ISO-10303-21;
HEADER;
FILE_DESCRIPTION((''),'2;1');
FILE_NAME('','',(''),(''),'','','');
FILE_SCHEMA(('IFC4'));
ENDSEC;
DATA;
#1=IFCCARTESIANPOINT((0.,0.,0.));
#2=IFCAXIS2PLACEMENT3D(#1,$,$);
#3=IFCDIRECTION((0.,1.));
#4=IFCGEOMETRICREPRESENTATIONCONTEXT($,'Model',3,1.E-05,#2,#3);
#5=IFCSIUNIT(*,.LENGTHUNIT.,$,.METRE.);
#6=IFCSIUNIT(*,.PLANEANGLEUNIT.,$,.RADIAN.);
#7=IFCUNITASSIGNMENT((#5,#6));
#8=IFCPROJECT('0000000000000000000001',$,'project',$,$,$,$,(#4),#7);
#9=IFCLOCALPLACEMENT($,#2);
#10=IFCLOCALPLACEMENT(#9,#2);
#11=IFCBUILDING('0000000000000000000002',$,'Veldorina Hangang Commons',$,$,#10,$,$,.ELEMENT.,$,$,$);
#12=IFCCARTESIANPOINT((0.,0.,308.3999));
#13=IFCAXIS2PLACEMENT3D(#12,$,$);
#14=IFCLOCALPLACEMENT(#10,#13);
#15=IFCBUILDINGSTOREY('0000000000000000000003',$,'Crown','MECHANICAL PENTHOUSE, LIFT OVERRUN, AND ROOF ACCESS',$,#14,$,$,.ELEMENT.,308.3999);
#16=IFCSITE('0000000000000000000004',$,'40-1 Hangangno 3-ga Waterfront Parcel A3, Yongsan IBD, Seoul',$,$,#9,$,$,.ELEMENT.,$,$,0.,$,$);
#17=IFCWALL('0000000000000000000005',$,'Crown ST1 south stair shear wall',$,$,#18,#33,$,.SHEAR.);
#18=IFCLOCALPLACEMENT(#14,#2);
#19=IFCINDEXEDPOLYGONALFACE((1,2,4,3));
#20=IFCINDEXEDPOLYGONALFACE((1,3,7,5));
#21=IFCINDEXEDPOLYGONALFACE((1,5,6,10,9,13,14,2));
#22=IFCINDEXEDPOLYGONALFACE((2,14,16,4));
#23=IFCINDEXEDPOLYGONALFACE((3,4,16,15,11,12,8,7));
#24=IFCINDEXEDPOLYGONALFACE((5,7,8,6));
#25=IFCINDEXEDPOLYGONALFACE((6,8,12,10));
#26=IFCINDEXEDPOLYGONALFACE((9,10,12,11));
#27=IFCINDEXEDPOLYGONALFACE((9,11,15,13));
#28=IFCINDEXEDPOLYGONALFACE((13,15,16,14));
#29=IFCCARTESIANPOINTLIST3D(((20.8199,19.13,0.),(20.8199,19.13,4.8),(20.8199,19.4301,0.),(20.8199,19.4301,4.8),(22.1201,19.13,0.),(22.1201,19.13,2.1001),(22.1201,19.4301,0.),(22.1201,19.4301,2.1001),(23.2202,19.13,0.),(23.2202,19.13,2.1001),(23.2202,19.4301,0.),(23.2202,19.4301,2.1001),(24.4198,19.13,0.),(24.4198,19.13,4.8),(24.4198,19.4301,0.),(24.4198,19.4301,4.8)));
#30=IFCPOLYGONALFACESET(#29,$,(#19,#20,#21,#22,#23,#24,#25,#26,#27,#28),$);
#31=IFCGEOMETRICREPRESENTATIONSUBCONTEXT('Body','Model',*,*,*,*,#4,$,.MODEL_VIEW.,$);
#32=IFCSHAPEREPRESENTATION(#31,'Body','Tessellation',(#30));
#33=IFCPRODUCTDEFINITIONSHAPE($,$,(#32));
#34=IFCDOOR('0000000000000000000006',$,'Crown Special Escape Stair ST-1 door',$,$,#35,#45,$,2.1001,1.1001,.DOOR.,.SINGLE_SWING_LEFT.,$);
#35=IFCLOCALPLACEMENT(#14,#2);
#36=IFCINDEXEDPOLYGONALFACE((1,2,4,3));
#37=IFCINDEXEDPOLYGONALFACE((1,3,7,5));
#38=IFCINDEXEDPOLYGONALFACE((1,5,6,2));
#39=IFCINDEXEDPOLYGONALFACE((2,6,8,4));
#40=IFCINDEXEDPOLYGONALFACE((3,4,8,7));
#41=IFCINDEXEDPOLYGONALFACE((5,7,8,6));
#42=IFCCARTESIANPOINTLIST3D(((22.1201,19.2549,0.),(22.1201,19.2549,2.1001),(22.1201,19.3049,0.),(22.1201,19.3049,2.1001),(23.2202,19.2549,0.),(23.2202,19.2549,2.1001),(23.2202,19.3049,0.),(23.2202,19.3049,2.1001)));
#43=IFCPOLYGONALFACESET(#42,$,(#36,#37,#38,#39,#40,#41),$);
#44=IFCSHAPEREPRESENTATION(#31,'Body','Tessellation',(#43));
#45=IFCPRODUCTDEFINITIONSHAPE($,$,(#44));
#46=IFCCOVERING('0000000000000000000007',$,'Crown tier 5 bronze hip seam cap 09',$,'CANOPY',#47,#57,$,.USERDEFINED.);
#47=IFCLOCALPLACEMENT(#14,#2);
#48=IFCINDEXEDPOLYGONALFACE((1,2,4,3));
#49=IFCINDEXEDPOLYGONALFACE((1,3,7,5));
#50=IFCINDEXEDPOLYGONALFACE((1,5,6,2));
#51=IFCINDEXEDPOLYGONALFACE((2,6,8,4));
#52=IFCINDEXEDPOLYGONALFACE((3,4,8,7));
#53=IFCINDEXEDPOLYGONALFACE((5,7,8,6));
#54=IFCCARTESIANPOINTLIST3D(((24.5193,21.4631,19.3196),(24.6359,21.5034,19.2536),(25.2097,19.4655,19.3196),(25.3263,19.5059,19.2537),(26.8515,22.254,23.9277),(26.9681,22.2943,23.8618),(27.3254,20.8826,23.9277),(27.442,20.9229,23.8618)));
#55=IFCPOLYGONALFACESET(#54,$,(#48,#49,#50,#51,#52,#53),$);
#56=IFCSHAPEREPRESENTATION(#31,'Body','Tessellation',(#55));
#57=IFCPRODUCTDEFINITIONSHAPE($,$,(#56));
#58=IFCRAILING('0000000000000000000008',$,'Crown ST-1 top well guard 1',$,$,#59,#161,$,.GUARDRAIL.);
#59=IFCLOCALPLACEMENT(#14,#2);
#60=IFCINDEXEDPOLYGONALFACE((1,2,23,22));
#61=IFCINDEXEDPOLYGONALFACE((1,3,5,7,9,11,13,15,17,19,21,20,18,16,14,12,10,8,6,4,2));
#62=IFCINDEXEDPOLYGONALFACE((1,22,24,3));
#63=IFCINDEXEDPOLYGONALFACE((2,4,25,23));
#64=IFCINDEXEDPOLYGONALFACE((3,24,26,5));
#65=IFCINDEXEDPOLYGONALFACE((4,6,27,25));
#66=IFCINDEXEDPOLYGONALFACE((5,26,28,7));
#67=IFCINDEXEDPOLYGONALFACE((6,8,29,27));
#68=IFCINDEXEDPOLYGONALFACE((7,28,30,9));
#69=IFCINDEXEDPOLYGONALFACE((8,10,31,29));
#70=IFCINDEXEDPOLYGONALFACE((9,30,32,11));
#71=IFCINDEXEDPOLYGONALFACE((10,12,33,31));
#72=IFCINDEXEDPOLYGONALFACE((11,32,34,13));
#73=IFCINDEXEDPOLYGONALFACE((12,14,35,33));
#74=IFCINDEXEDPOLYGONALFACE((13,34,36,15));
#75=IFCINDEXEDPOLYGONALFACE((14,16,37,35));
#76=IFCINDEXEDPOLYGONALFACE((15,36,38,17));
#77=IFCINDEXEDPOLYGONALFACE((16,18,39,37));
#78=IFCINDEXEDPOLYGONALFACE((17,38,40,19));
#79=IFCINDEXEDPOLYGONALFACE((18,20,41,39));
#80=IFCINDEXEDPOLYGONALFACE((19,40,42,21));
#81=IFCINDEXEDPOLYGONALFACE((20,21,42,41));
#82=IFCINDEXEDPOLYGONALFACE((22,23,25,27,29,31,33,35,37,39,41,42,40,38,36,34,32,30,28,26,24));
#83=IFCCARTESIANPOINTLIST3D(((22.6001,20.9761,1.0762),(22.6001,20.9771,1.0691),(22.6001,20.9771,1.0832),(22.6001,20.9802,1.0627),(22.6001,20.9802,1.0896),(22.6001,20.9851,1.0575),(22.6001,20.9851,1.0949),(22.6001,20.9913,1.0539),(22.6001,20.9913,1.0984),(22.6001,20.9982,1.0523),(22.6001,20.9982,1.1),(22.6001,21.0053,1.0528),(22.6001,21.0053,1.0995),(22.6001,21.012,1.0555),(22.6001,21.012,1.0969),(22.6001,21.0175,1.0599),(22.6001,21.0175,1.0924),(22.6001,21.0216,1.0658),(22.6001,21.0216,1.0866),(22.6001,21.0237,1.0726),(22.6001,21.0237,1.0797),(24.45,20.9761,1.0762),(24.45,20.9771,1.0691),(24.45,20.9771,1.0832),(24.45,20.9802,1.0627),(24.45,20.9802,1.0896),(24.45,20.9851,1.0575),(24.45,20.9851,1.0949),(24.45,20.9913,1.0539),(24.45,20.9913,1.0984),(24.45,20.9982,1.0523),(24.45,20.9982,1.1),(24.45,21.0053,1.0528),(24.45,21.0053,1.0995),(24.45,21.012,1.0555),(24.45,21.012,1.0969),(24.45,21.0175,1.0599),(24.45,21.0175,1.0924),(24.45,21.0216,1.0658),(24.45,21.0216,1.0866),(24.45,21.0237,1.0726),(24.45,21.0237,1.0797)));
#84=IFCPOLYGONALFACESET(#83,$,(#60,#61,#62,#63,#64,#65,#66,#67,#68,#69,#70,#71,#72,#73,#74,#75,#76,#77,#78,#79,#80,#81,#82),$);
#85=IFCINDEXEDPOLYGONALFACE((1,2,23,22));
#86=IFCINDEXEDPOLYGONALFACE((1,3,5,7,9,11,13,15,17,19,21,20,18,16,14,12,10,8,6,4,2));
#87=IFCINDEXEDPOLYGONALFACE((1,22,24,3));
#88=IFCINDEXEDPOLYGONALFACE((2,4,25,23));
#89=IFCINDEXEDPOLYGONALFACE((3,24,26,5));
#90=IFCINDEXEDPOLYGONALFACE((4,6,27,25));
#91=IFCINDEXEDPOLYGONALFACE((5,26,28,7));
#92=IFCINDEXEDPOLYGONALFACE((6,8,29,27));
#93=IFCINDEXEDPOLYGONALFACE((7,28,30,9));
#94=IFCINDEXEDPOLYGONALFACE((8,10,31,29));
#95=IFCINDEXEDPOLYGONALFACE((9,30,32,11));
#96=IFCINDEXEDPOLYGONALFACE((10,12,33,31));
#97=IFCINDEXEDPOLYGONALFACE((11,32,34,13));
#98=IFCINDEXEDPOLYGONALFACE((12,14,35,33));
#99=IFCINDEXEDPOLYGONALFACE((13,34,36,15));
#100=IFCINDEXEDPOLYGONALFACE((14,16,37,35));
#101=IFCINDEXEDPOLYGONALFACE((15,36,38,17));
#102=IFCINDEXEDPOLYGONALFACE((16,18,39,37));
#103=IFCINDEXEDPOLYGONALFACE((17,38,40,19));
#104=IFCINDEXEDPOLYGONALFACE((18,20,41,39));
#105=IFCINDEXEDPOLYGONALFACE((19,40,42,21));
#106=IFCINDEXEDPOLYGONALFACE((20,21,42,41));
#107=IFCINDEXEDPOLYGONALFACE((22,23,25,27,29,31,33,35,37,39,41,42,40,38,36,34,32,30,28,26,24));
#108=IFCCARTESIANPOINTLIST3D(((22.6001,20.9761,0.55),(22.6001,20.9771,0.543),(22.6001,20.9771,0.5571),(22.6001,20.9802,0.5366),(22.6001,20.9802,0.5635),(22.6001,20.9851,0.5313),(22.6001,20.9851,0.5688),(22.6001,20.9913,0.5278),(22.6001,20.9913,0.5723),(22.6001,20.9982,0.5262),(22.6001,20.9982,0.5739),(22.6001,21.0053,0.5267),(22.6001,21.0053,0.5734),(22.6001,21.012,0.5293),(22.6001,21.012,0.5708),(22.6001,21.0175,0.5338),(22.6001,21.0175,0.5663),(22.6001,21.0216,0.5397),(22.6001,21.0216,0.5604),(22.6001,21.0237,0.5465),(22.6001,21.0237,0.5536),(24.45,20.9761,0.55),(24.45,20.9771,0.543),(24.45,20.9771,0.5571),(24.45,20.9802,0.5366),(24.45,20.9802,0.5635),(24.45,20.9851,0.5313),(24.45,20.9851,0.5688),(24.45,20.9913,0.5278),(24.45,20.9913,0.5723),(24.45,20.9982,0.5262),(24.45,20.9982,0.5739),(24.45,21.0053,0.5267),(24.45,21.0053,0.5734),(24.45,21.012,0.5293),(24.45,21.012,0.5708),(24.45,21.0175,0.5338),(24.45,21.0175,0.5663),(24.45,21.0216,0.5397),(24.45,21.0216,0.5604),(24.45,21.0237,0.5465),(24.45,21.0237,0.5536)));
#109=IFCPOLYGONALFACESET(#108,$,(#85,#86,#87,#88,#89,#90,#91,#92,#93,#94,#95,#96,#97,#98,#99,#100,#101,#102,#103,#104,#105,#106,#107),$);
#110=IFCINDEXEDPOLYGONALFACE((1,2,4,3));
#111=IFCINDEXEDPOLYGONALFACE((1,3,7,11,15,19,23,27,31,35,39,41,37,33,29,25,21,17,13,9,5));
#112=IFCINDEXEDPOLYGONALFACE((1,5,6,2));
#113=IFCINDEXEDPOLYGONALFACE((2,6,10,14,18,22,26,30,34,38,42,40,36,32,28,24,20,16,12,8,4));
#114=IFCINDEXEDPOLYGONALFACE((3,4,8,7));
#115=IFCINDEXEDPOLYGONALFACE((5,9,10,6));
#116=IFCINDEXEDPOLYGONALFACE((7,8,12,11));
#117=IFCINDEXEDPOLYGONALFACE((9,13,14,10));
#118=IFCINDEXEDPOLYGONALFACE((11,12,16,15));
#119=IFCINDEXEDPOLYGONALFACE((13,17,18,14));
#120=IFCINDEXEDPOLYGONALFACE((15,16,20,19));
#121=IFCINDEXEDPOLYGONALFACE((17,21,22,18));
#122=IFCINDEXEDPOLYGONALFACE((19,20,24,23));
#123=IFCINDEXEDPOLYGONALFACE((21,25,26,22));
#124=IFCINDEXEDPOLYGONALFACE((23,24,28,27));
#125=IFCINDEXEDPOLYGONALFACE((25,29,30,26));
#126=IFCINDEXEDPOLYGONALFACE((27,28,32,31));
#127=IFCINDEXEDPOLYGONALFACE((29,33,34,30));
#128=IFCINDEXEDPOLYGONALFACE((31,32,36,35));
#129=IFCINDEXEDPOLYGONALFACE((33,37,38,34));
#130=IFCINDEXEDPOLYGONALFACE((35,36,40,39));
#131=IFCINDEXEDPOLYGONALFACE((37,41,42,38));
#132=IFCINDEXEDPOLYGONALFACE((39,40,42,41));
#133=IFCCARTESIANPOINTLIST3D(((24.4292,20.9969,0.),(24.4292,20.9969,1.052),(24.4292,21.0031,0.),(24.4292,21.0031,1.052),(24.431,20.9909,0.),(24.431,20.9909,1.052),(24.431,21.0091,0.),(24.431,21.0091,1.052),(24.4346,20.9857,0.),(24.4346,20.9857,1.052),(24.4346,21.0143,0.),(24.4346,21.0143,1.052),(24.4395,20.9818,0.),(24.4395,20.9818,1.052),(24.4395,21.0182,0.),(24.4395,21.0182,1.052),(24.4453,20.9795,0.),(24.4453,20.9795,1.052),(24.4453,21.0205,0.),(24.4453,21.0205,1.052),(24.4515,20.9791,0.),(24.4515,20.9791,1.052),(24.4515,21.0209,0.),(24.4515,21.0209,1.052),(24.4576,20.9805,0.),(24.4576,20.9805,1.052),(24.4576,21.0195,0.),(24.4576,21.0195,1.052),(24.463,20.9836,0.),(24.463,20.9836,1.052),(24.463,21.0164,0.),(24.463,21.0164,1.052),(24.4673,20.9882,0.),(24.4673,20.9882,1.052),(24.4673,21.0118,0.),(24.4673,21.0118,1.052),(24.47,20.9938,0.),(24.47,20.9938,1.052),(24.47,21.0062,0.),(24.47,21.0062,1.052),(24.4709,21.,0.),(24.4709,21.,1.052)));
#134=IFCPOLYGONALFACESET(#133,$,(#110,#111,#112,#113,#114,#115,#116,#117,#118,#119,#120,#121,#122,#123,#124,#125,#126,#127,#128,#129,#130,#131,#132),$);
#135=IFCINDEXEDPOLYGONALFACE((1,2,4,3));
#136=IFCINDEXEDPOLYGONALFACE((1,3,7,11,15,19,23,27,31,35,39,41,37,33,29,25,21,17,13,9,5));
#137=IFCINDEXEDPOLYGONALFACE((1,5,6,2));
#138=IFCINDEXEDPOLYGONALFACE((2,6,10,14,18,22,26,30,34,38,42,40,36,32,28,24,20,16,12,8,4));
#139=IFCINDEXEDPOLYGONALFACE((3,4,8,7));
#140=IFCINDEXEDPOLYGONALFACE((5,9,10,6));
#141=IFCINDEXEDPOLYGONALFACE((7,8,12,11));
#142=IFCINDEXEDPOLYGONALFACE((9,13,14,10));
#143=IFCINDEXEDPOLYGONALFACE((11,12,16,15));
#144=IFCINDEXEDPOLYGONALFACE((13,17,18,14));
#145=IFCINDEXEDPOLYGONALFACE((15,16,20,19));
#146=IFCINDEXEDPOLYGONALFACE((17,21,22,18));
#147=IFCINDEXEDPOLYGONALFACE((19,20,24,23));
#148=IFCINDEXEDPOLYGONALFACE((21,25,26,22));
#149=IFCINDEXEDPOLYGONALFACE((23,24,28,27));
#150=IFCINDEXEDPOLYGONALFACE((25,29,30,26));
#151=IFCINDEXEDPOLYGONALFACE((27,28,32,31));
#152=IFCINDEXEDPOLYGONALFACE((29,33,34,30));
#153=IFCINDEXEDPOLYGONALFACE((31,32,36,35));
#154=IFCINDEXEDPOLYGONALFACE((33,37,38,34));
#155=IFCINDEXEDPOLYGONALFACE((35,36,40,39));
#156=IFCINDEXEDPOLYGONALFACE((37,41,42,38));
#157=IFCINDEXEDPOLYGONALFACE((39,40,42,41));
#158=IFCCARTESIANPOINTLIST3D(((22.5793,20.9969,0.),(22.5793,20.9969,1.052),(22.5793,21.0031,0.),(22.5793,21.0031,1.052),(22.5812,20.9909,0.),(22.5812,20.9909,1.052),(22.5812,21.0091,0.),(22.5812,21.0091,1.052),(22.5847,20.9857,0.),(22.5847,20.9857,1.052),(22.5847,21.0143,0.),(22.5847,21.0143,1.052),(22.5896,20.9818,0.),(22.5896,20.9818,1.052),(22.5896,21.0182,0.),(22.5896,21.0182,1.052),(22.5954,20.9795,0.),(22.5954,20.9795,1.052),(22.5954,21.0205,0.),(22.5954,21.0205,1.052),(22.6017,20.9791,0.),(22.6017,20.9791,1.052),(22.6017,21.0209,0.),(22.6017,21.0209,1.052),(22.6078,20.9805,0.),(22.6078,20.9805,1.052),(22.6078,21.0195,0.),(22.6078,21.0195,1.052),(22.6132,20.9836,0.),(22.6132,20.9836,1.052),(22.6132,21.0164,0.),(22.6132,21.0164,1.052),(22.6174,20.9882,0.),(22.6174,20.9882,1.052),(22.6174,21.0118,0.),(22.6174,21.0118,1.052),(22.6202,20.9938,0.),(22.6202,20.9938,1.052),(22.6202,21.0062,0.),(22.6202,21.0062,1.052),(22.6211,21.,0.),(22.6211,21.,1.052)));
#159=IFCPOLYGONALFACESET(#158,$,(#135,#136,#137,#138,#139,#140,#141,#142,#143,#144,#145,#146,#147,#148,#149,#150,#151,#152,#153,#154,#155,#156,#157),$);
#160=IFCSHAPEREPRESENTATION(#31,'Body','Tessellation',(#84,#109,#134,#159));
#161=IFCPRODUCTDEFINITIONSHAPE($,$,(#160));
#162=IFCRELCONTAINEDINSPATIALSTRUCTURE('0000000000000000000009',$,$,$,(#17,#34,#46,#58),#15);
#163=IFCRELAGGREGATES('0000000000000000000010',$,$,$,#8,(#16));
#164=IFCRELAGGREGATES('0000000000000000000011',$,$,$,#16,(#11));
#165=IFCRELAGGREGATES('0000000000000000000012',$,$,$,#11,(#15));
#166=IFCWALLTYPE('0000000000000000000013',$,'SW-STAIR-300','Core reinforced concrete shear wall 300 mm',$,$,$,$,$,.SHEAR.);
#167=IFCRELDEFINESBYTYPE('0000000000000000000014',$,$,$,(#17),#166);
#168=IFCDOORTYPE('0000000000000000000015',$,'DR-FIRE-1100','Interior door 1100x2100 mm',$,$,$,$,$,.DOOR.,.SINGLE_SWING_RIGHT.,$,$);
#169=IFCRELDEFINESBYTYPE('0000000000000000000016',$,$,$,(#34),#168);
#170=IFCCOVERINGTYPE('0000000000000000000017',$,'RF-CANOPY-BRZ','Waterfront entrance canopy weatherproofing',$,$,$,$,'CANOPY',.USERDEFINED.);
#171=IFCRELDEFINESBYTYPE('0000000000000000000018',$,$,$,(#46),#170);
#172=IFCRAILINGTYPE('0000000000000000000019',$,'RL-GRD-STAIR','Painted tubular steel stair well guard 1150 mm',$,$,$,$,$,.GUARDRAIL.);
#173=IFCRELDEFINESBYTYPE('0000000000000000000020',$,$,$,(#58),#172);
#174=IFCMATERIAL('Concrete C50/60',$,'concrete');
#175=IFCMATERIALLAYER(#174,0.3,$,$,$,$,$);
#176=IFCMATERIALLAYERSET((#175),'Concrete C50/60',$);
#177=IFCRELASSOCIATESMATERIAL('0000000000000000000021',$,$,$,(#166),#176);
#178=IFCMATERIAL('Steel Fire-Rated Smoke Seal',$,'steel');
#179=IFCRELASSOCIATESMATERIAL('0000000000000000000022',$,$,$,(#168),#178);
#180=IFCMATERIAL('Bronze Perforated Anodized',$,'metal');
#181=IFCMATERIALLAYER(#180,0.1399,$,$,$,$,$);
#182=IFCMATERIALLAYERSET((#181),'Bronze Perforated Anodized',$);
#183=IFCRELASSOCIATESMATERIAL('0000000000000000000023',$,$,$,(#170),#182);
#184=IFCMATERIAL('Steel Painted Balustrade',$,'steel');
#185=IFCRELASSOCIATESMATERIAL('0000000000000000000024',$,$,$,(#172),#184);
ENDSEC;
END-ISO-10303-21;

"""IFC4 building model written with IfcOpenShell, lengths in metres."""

from ifc_helpers import new_model, si_unit, direction, frame, frame_2d, origin, origin_2d, place, context, subcontext, project, spatial, polyline, rectangle, circle, outline, extrude, material, layer, layer_set, type_object, element, fill, save


model = new_model("IFC4")

# Units and contexts
model_context = context("Model", 3, precision=1e-05, world=origin(), true_north=direction((0.0, 1.0)))
body_context = subcontext(model_context, "Body", "Model", "MODEL_VIEW")
ifc_project = project(units=[si_unit("LENGTHUNIT", "METRE"), si_unit("PLANEANGLEUNIT", "RADIAN")], contexts=[model_context])

# Site, building, storey
site_placement = place(None, origin())
site = spatial("IfcSite", under=ifc_project, at=site_placement, Name="40-1 Hangangno 3-ga Waterfront Parcel A3, Yongsan IBD, Seoul", CompositionType="ELEMENT", RefElevation=0.0)
building_placement = place(site_placement, origin())
building = spatial("IfcBuilding", under=site, at=building_placement, Name="Veldorina Hangang Commons", CompositionType="ELEMENT")
storey_placement = place(building_placement, frame((0.0, 0.0, 308.3999)))
storey = spatial("IfcBuildingStorey", under=building, at=storey_placement, Name="Crown", Description="MECHANICAL PENTHOUSE, LIFT OVERRUN, AND ROOF ACCESS", CompositionType="ELEMENT", Elevation=308.3999)

# Shared definitions
ifc_material_1 = material(Name="Concrete C50/60", Category="concrete")

# Shared definitions
ifc_layer_1 = layer(ifc_material_1, 0.3)
ifc_layer_set_1 = layer_set([ifc_layer_1], Name="Concrete C50/60")
wall_type = type_object("IfcWallType", Name="SW-STAIR-300", Description="Core reinforced concrete shear wall 300 mm", PredefinedType="SHEAR", material=ifc_layer_set_1)

# Wall, opening, door
wall_placement = place(storey_placement, frame((20.8201, 19.28, 0.0), z_axis=(0.0, 0.0, 1.0), x_axis=(1.0, 0.0, 0.0)))
wall = element("IfcWall", 1, at=wall_placement, inside=storey, type_object=wall_type, Name="Crown ST1 south stair shear wall", PredefinedType="SHEAR", context=body_context, shape_type="SweptSolid", body=[
    extrude(rectangle(XDim=3.5999, YDim=0.3, at=frame_2d((1.7998, 0.0))), origin(), (0.0, 0.0, 1.0), 4.8),
])
opening_placement = place(wall_placement, frame((1.3, 0.0, 0.0)))
opening = element("IfcOpeningElement", 2, at=opening_placement, cuts=wall, PredefinedType="OPENING", context=body_context, shape_type="SweptSolid", body=[
    extrude(rectangle(XDim=1.1001, YDim=2.1001, at=frame_2d((0.55, 1.05))), frame((0.0, 0.1602, 0.0), z_axis=(0.0, -1.0, 0.0), x_axis=(1.0, 0.0, 0.0)), (0.0, 0.0, 1.0), 0.3201),
])
ifc_material_2 = material(Name="Steel Fire-Rated Smoke Seal", Category="steel")
door_type = type_object("IfcDoorType", Name="DR-FIRE-1100", Description="Interior door 1100x2100 mm", OperationType="SINGLE_SWING_RIGHT", PredefinedType="DOOR", material=ifc_material_2)
door_placement = place(opening_placement, origin())
door = element("IfcDoor", 3, at=door_placement, inside=storey, type_object=door_type, Name="Crown Special Escape Stair ST-1 door", OperationType="SINGLE_SWING_LEFT", OverallHeight=2.1001, OverallWidth=1.1001, PredefinedType="DOOR", context=body_context, shape_type="SweptSolid", body=[
    extrude(rectangle(XDim=1.1001, YDim=2.1001, at=frame_2d((0.55, 1.05))), frame((0.0, 0.0249, 0.0), z_axis=(0.0, -1.0, 0.0), x_axis=(1.0, 0.0, 0.0)), (0.0, 0.0, 1.0), 0.05),
])
fill(opening, door)

# Covering
ifc_material_3 = material(Name="Bronze Perforated Anodized", Category="metal")
ifc_layer_2 = layer(ifc_material_3, 0.1399)
ifc_layer_set_2 = layer_set([ifc_layer_2], Name="Bronze Perforated Anodized")
covering_type = type_object("IfcCoveringType", Name="RF-CANOPY-BRZ", Description="Waterfront entrance canopy weatherproofing", ElementType="CANOPY", PredefinedType="USERDEFINED", material=ifc_layer_set_2)
covering_placement = place(storey_placement, frame((24.5193, 21.4631, 19.3196), z_axis=(-0.833584, -0.288091, 0.471319), x_axis=(0.326653, -0.945144, 0.000012)))
element("IfcCovering", 4, at=covering_placement, inside=storey, type_object=covering_type, Name="Crown tier 5 bronze hip seam cap 09", ObjectType="CANOPY", PredefinedType="USERDEFINED", context=body_context, shape_type="SweptSolid", body=[
    extrude(outline(polyline([(0.0, 0.0), (2.1135, 0.0), (1.4653, 5.2249), (0.0144, 5.2249), (0.0, 0.0)])), origin(), (0.0, 0.0, -1.0), 0.1399),
])

# Railing
ifc_material_4 = material(Name="Steel Painted Balustrade", Category="steel")
railing_type = type_object("IfcRailingType", Name="RL-GRD-STAIR", Description="Painted tubular steel stair well guard 1150 mm", PredefinedType="GUARDRAIL", material=ifc_material_4)
railing_1_placement = place(storey_placement, frame((24.45, 21.0, 0.0)))
element("IfcRailing", 5, at=railing_1_placement, inside=storey, type_object=railing_type, Name="Crown ST-1 top well guard 1", PredefinedType="GUARDRAIL", context=body_context, shape_type="SweptSolid", body=[
    extrude(circle(Radius=0.0239, at=origin_2d()), frame((0.0, 0.0, 1.0762), z_axis=(-1.0, 0.0, 0.0), x_axis=(0.0, -1.0, 0.0)), (0.0, 0.0, 1.0), 1.8499),
    extrude(circle(Radius=0.0239, at=origin_2d()), frame((0.0, 0.0, 0.55), z_axis=(-1.0, 0.0, 0.0), x_axis=(0.0, -1.0, 0.0)), (0.0, 0.0, 1.0), 1.8499),
    extrude(circle(Radius=0.021, at=origin_2d()), origin(), (0.0, 0.0, 1.0), 1.052),
    extrude(circle(Radius=0.021, at=origin_2d()), frame((-1.8499, 0.0, 0.0)), (0.0, 0.0, 1.0), 1.052),
])

save(model, "model.ifc")
